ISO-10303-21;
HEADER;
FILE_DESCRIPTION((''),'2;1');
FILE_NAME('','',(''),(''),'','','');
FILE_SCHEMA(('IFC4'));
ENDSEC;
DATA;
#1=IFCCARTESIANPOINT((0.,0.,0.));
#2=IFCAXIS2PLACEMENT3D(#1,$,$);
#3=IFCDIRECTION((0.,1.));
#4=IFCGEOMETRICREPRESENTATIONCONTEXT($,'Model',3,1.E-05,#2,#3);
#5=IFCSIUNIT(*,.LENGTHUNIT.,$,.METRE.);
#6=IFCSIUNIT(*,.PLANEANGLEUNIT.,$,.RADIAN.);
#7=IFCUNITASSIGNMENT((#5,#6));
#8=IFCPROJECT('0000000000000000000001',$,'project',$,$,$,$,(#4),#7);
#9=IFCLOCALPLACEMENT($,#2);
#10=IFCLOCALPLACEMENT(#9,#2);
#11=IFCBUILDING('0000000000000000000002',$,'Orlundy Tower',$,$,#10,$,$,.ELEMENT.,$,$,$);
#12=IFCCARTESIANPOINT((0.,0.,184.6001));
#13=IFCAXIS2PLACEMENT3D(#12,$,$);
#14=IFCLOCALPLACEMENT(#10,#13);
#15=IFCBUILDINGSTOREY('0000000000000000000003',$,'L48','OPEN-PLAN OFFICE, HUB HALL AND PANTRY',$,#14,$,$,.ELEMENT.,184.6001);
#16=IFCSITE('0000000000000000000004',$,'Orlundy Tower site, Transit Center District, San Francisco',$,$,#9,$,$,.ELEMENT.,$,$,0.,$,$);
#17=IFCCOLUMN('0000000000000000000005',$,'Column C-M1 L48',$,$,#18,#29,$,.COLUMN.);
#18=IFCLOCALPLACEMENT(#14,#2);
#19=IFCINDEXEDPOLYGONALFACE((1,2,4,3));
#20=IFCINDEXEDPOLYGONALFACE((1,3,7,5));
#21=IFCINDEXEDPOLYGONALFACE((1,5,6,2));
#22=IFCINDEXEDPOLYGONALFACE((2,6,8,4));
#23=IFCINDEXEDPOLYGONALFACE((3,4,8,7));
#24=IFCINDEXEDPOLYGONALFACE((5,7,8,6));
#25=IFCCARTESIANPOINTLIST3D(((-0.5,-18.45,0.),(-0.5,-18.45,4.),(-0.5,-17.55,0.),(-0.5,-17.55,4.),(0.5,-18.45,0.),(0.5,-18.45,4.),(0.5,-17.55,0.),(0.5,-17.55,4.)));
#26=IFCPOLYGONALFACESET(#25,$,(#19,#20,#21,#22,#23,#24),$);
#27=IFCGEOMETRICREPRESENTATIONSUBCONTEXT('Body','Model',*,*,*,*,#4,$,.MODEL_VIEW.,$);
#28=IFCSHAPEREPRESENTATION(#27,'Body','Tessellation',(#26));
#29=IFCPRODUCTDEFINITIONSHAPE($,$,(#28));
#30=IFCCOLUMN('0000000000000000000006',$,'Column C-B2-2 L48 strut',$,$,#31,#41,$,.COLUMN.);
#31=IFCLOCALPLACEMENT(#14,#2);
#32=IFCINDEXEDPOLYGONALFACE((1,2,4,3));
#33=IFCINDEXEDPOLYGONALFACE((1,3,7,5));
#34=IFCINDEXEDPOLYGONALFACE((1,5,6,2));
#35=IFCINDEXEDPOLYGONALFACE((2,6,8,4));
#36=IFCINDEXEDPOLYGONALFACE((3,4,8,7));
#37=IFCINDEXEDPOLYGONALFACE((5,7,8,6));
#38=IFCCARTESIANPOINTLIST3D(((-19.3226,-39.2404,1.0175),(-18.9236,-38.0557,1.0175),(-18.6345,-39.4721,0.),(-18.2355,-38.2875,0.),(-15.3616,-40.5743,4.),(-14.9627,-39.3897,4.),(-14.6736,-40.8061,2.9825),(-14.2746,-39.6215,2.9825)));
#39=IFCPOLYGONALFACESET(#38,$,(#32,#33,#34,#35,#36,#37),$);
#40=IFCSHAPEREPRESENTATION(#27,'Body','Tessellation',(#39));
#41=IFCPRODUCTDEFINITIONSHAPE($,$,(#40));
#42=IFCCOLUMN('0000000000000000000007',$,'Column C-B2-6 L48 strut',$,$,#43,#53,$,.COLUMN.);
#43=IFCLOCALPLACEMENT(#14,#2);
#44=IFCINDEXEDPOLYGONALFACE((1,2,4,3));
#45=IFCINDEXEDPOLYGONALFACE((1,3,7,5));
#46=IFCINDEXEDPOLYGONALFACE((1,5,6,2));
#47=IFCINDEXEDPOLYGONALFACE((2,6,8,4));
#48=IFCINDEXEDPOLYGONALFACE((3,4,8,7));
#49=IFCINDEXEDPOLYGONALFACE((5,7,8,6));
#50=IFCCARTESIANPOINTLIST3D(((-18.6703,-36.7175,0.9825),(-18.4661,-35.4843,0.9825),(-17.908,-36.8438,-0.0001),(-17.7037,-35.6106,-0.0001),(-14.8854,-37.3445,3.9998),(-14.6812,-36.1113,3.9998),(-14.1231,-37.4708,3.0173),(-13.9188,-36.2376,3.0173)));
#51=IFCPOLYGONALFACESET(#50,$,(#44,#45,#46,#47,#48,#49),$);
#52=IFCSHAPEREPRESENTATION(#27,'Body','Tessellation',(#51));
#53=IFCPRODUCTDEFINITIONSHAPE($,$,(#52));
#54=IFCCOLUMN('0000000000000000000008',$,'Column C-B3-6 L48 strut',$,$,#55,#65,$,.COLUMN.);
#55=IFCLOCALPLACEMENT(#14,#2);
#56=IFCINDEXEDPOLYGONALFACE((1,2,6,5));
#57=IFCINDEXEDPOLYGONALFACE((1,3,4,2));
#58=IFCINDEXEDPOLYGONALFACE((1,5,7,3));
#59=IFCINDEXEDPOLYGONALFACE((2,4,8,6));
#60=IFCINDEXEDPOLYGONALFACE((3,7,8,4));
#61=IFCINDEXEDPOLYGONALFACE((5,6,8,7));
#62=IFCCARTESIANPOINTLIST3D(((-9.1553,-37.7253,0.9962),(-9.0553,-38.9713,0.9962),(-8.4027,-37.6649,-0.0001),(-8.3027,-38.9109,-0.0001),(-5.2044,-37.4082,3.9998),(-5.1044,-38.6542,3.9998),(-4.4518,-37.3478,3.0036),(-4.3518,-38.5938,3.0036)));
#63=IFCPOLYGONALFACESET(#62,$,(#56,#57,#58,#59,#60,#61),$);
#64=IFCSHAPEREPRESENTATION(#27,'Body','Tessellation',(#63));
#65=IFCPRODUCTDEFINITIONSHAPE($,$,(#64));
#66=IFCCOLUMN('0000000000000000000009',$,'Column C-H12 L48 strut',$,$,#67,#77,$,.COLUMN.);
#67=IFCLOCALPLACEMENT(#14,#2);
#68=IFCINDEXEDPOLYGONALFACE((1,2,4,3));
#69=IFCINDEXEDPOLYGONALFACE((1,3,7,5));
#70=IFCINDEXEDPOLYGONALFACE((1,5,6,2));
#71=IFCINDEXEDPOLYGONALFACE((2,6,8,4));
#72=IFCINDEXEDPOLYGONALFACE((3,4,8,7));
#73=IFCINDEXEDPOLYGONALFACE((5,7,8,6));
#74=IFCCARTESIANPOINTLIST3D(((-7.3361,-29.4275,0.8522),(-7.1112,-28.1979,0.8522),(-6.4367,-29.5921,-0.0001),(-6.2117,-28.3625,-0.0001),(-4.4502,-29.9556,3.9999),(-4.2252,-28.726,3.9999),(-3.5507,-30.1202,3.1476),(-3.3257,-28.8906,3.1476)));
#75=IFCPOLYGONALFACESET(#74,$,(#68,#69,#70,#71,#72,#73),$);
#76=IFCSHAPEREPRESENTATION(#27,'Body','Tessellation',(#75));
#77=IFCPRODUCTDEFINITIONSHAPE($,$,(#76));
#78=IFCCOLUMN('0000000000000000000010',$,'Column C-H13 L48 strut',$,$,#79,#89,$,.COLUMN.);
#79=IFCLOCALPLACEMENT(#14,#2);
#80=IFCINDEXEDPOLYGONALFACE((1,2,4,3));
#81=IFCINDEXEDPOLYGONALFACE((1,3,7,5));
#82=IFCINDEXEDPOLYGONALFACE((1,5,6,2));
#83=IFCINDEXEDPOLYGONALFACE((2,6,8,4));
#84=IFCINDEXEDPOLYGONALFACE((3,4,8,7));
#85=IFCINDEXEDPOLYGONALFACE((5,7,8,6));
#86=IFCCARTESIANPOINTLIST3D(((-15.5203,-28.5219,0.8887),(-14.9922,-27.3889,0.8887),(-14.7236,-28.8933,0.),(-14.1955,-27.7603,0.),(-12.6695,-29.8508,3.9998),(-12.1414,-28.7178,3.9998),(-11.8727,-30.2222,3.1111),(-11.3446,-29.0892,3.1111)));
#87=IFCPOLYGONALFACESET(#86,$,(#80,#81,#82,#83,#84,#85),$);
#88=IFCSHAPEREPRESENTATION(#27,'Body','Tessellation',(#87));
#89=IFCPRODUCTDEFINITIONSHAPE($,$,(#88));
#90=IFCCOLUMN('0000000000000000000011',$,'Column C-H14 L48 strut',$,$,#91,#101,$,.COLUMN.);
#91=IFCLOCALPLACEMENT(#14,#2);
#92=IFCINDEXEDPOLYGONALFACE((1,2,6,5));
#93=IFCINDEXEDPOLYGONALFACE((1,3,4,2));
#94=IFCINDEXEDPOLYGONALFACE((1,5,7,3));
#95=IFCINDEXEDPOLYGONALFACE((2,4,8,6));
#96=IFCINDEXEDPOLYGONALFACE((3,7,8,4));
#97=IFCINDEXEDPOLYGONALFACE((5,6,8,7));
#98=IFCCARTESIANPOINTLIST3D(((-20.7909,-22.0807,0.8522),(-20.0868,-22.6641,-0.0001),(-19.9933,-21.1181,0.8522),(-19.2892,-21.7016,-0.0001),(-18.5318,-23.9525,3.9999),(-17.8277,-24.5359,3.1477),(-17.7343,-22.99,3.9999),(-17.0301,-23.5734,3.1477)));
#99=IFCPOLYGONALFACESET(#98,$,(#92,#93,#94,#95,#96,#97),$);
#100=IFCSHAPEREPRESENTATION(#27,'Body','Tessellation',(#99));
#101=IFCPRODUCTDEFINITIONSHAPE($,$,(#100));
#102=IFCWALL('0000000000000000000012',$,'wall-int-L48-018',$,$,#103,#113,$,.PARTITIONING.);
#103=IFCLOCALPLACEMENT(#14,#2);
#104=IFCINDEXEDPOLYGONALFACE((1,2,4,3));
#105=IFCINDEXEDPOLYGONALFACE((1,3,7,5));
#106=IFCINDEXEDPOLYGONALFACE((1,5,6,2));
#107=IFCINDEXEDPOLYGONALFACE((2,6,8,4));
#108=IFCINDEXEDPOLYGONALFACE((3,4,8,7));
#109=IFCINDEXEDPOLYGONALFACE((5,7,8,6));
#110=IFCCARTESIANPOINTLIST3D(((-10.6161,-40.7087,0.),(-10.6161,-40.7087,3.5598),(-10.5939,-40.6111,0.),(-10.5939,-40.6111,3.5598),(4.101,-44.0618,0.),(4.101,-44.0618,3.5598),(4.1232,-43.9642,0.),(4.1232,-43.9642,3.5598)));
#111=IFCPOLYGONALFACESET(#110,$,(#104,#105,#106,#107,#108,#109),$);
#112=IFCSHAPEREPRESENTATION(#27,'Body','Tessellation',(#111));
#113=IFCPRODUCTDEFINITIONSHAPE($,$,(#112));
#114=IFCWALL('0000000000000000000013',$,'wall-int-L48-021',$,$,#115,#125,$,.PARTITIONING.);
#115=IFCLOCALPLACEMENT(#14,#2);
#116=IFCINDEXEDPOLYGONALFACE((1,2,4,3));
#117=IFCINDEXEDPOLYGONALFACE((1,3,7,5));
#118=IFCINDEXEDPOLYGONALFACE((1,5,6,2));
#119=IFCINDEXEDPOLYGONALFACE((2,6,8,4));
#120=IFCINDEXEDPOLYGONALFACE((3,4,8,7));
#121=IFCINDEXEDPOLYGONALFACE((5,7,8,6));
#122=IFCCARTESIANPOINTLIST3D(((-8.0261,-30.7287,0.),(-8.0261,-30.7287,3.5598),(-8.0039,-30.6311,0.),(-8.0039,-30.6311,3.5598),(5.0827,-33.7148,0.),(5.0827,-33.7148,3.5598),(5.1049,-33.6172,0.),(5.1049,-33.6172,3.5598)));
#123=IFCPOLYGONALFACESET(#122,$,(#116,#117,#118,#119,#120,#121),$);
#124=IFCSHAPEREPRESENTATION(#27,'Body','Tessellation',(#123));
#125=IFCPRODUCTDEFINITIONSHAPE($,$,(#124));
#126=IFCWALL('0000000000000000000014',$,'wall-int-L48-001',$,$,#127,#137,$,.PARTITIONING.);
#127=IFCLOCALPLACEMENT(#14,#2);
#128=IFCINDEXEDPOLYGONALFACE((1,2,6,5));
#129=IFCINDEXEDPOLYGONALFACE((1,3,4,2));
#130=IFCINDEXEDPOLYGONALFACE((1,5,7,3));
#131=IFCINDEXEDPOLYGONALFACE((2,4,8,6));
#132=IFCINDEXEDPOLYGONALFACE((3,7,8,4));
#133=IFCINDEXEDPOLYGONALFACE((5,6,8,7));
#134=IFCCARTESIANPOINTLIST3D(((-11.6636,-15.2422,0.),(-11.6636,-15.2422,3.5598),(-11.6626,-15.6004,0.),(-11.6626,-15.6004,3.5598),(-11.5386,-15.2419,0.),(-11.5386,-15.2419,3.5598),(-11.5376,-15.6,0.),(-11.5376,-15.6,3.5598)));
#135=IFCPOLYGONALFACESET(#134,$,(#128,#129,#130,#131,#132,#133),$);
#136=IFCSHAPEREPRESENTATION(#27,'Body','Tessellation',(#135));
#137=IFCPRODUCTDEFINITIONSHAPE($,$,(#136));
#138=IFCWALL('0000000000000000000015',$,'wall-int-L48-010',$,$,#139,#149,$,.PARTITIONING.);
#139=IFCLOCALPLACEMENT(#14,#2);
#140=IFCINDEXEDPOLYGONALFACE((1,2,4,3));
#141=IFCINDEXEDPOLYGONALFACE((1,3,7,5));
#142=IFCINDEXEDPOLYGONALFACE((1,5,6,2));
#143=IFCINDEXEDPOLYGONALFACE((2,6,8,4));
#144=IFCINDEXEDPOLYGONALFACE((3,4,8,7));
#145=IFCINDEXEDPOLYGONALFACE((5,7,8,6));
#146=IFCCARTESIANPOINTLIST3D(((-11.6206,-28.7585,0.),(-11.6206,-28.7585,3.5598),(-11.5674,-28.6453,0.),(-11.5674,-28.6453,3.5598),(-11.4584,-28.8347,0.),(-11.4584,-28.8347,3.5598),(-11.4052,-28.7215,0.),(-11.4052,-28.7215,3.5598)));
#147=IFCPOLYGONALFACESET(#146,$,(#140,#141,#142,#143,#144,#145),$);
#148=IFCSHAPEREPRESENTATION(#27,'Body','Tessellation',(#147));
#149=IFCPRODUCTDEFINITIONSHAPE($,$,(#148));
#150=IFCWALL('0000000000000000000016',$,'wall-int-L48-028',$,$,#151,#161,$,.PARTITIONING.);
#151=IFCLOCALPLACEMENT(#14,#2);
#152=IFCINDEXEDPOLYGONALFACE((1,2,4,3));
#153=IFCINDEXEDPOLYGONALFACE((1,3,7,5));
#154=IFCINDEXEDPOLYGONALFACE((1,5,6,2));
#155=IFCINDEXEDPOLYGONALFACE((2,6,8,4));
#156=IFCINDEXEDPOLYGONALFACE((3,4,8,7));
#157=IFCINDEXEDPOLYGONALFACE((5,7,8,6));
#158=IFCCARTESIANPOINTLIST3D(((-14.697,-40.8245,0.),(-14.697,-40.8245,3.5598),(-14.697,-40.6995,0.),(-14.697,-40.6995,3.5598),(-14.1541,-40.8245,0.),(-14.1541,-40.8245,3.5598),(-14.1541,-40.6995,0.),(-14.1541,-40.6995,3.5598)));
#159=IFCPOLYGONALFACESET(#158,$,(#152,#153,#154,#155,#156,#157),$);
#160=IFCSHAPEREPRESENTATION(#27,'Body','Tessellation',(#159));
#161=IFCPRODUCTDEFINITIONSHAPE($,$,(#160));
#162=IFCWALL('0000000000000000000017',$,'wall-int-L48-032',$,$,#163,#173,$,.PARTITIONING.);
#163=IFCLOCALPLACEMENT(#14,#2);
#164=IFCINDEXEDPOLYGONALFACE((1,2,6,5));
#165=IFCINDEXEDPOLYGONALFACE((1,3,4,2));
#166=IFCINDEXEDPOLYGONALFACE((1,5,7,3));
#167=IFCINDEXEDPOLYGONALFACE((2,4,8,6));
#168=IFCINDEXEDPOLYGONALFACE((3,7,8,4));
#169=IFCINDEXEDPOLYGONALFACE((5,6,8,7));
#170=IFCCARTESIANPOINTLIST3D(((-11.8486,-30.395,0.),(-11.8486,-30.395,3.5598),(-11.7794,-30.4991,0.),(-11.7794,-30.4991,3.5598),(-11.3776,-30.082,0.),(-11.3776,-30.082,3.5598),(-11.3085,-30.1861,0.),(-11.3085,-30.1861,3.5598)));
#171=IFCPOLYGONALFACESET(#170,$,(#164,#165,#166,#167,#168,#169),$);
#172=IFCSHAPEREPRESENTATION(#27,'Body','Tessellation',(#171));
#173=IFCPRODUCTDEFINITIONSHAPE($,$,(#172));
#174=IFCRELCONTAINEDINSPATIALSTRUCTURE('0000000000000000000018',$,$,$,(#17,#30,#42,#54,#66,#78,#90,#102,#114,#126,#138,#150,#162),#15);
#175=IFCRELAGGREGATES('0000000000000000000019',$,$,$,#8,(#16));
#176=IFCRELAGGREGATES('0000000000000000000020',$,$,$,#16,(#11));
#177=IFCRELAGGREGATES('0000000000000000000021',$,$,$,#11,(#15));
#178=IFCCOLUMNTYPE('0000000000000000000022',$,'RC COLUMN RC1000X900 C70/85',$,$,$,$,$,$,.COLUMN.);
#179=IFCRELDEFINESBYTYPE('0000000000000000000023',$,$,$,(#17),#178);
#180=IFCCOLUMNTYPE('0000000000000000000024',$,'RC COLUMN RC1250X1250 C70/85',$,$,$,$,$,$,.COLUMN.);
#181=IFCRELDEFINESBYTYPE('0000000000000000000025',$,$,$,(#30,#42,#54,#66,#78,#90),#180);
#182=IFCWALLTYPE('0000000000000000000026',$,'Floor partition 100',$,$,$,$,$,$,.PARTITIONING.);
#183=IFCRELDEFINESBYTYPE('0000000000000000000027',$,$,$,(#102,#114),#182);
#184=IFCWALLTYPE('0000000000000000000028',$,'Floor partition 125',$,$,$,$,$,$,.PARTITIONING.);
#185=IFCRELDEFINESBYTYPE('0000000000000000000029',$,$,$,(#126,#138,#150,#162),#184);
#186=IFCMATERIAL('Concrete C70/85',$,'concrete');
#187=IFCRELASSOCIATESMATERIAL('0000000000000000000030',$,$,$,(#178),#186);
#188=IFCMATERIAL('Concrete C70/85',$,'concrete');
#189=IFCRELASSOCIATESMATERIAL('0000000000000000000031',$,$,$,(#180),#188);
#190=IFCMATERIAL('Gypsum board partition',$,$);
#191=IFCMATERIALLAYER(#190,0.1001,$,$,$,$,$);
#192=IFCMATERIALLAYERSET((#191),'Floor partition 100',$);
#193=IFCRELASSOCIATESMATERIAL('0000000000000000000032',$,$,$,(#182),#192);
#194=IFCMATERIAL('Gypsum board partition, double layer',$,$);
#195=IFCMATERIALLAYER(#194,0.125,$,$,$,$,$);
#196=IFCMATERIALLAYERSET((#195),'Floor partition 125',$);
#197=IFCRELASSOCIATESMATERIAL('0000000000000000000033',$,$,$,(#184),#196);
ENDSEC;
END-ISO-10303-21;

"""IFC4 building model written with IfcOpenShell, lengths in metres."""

from ifc_helpers import new_model, si_unit, direction, frame, frame_2d, origin, origin_2d, place, context, subcontext, project, spatial, rectangle, extrude, material, layer, layer_set, material_profile, profile_set, type_object, element, save


model = new_model("IFC4")

# Units and contexts
model_context = context("Model", 3, precision=1e-05, world=origin(), true_north=direction((0.0, 1.0)))
body_context = subcontext(model_context, "Body", "Model", "MODEL_VIEW")
ifc_project = project(units=[si_unit("LENGTHUNIT", "METRE"), si_unit("PLANEANGLEUNIT", "RADIAN")], contexts=[model_context])

# Site, building, storey
site_placement = place(None, origin())
site = spatial("IfcSite", under=ifc_project, at=site_placement, Name="Orlundy Tower site, Transit Center District, San Francisco", CompositionType="ELEMENT", RefElevation=0.0)
building_placement = place(site_placement, origin())
building = spatial("IfcBuilding", under=site, at=building_placement, Name="Orlundy Tower", CompositionType="ELEMENT")
storey_placement = place(building_placement, frame((0.0, 0.0, 184.6001)))
storey = spatial("IfcBuildingStorey", under=building, at=storey_placement, Name="L48", Description="OPEN-PLAN OFFICE, HUB HALL AND PANTRY", CompositionType="ELEMENT", Elevation=184.6001)

# Columns
ifc_material_1 = material(Name="Concrete C70/85", Category="concrete")
ifc_material_profile_1 = material_profile(ifc_material_1, rectangle(XDim=1.0, YDim=0.8999, at=origin_2d()), Name="RC1000X900")
ifc_profile_set_1 = profile_set([ifc_material_profile_1], Name="Concrete C70/85")
column_type_1 = type_object("IfcColumnType", Name="RC COLUMN RC1000X900 C70/85", PredefinedType="COLUMN", material=ifc_profile_set_1)
column_1_placement = place(storey_placement, frame((0.0, -18.0, 0.0), z_axis=(0.0, 0.0, 1.0), x_axis=(1.0, 0.0, 0.0)))
element("IfcColumn", 1, at=column_1_placement, inside=storey, type_object=column_type_1, Name="Column C-M1 L48", PredefinedType="COLUMN", context=body_context, shape_type="SweptSolid", body=[
    extrude(rectangle(XDim=1.0, YDim=0.8999, at=origin_2d()), origin(), (0.0, 0.0, 1.0), 4.0),
])
ifc_material_2 = material(Name="Concrete C70/85", Category="concrete")
ifc_material_profile_2 = material_profile(ifc_material_2, rectangle(XDim=1.25, YDim=1.25, at=origin_2d()), Name="RC1250X1250")
ifc_profile_set_2 = profile_set([ifc_material_profile_2], Name="Concrete C70/85")
column_type_2 = type_object("IfcColumnType", Name="RC COLUMN RC1250X1250 C70/85", PredefinedType="COLUMN", material=ifc_profile_set_2)
column_2_placement = place(storey_placement, frame((-18.7791, -38.7639, 0.5088), z_axis=(0.771432, -0.259807, 0.580856), x_axis=(0.31917, 0.947697, 0.0)))
element("IfcColumn", 2, at=column_2_placement, inside=storey, type_object=column_type_2, Name="Column C-B2-2 L48 strut", PredefinedType="COLUMN", context=body_context, shape_type="SweptSolid", body=[
    extrude(rectangle(XDim=1.25, YDim=1.25, at=origin_2d()), origin(), (0.0, 0.0, 1.0), 5.1345),
])
column_3_placement = place(storey_placement, frame((-18.187, -36.1641, 0.4912), z_axis=(0.775458, -0.128451, 0.618195), x_axis=(0.163419, 0.986557, 0.0)))
element("IfcColumn", 3, at=column_3_placement, inside=storey, type_object=column_type_2, Name="Column C-B2-6 L48 strut", PredefinedType="COLUMN", context=body_context, shape_type="SweptSolid", body=[
    extrude(rectangle(XDim=1.25, YDim=1.25, at=origin_2d()), origin(), (0.0, 0.0, 1.0), 4.8809),
])
column_4_placement = place(storey_placement, frame((-8.729, -38.3181, 0.498), z_axis=(0.794449, 0.06377, 0.603974), x_axis=(-0.080012, 0.996794, 0.0)))
element("IfcColumn", 4, at=column_4_placement, inside=storey, type_object=column_type_2, Name="Column C-B3-6 L48 strut", PredefinedType="COLUMN", context=body_context, shape_type="SweptSolid", body=[
    extrude(rectangle(XDim=1.25, YDim=1.25, at=origin_2d()), origin(), (0.0, 0.0, 1.0), 4.9731),
])
column_5_placement = place(storey_placement, frame((-6.7739, -28.895, 0.426), z_axis=(0.670691, -0.122723, 0.731514), x_axis=(0.179991, 0.983668, 0.0)))
element("IfcColumn", 5, at=column_5_placement, inside=storey, type_object=column_type_2, Name="Column C-H12 L48 strut", PredefinedType="COLUMN", context=body_context, shape_type="SweptSolid", body=[
    extrude(rectangle(XDim=1.25, YDim=1.25, at=origin_2d()), origin(), (0.0, 0.0, 1.0), 4.303),
])
column_6_placement = place(storey_placement, frame((-14.8579, -28.1411, 0.4443), z_axis=(0.644398, -0.300373, 0.703226), x_axis=(0.422486, 0.906369, 0.0)))
element("IfcColumn", 6, at=column_6_placement, inside=storey, type_object=column_type_2, Name="Column C-H13 L48 strut", PredefinedType="COLUMN", context=body_context, shape_type="SweptSolid", body=[
    extrude(rectangle(XDim=1.25, YDim=1.25, at=origin_2d()), origin(), (0.0, 0.0, 1.0), 4.4241),
])
column_7_placement = place(storey_placement, frame((-20.04, -21.8911, 0.426), z_axis=(0.525002, -0.435014, 0.73153), x_axis=(0.638029, 0.770012, 0.0)))
element("IfcColumn", 7, at=column_7_placement, inside=storey, type_object=column_type_2, Name="Column C-H14 L48 strut", PredefinedType="COLUMN", context=body_context, shape_type="SweptSolid", body=[
    extrude(rectangle(XDim=1.25, YDim=1.25, at=origin_2d()), origin(), (0.0, 0.0, 1.0), 4.303),
])

# Walls
ifc_material_3 = material(Name="Gypsum board partition")
ifc_layer_1 = layer(ifc_material_3, 0.1001)
ifc_layer_set_1 = layer_set([ifc_layer_1], Name="Floor partition 100")
wall_type_1 = type_object("IfcWallType", Name="Floor partition 100", PredefinedType="PARTITIONING", material=ifc_layer_set_1)
wall_1_placement = place(storey_placement, frame((-10.605, -40.6599, 0.0), z_axis=(0.0, 0.0, 1.0), x_axis=(0.975015, -0.22214, 0.0)))
element("IfcWall", 8, at=wall_1_placement, inside=storey, type_object=wall_type_1, Name="wall-int-L48-018", PredefinedType="PARTITIONING", context=body_context, shape_type="SweptSolid", body=[
    extrude(rectangle(XDim=15.0942, YDim=0.1001, at=frame_2d((7.5471, 0.0))), origin(), (0.0, 0.0, 1.0), 3.5598),
])
wall_2_placement = place(storey_placement, frame((-8.0149, -30.6799, 0.0), z_axis=(0.0, 0.0, 1.0), x_axis=(0.975024, -0.222101, 0.0)))
element("IfcWall", 9, at=wall_2_placement, inside=storey, type_object=wall_type_1, Name="wall-int-L48-021", PredefinedType="PARTITIONING", context=body_context, shape_type="SweptSolid", body=[
    extrude(rectangle(XDim=13.4446, YDim=0.1001, at=frame_2d((6.7222, 0.0))), origin(), (0.0, 0.0, 1.0), 3.5598),
])
ifc_material_4 = material(Name="Gypsum board partition, double layer")
ifc_layer_2 = layer(ifc_material_4, 0.125)
ifc_layer_set_2 = layer_set([ifc_layer_2], Name="Floor partition 125")
wall_type_2 = type_object("IfcWallType", Name="Floor partition 125", PredefinedType="PARTITIONING", material=ifc_layer_set_2)
wall_3_placement = place(storey_placement, frame((-11.6011, -15.2419, 0.0), z_axis=(0.0, 0.0, 1.0), x_axis=(0.002727, -0.999996, 0.0)))
element("IfcWall", 10, at=wall_3_placement, inside=storey, type_object=wall_type_2, Name="wall-int-L48-001", PredefinedType="PARTITIONING", context=body_context, shape_type="SweptSolid", body=[
    extrude(rectangle(XDim=0.3582, YDim=0.125, at=frame_2d((0.1792, 0.0))), origin(), (0.0, 0.0, 1.0), 3.5598),
])
wall_4_placement = place(storey_placement, frame((-11.594, -28.7019, 0.0), z_axis=(0.0, 0.0, 1.0), x_axis=(0.905066, -0.425272, 0.0)))
element("IfcWall", 11, at=wall_4_placement, inside=storey, type_object=wall_type_2, Name="wall-int-L48-010", PredefinedType="PARTITIONING", context=body_context, shape_type="SweptSolid", body=[
    extrude(rectangle(XDim=0.1792, YDim=0.125, at=frame_2d((0.0896, 0.0))), origin(), (0.0, 0.0, 1.0), 3.5598),
])
wall_5_placement = place(storey_placement, frame((-14.697, -40.762, 0.0), z_axis=(0.0, 0.0, 1.0), x_axis=(1.0, 0.0, 0.0)))
element("IfcWall", 12, at=wall_5_placement, inside=storey, type_object=wall_type_2, Name="wall-int-L48-028", PredefinedType="PARTITIONING", context=body_context, shape_type="SweptSolid", body=[
    extrude(rectangle(XDim=0.543, YDim=0.125, at=frame_2d((0.2715, 0.0))), origin(), (0.0, 0.0, 1.0), 3.5598),
])
wall_6_placement = place(storey_placement, frame((-11.814, -30.447, 0.0), z_axis=(0.0, 0.0, 1.0), x_axis=(0.832847, 0.553504, 0.0)))
element("IfcWall", 13, at=wall_6_placement, inside=storey, type_object=wall_type_2, Name="wall-int-L48-032", PredefinedType="PARTITIONING", context=body_context, shape_type="SweptSolid", body=[
    extrude(rectangle(XDim=0.5654, YDim=0.125, at=frame_2d((0.2827, 0.0))), origin(), (0.0, 0.0, 1.0), 3.5598),
])

save(model, "model.ifc")
